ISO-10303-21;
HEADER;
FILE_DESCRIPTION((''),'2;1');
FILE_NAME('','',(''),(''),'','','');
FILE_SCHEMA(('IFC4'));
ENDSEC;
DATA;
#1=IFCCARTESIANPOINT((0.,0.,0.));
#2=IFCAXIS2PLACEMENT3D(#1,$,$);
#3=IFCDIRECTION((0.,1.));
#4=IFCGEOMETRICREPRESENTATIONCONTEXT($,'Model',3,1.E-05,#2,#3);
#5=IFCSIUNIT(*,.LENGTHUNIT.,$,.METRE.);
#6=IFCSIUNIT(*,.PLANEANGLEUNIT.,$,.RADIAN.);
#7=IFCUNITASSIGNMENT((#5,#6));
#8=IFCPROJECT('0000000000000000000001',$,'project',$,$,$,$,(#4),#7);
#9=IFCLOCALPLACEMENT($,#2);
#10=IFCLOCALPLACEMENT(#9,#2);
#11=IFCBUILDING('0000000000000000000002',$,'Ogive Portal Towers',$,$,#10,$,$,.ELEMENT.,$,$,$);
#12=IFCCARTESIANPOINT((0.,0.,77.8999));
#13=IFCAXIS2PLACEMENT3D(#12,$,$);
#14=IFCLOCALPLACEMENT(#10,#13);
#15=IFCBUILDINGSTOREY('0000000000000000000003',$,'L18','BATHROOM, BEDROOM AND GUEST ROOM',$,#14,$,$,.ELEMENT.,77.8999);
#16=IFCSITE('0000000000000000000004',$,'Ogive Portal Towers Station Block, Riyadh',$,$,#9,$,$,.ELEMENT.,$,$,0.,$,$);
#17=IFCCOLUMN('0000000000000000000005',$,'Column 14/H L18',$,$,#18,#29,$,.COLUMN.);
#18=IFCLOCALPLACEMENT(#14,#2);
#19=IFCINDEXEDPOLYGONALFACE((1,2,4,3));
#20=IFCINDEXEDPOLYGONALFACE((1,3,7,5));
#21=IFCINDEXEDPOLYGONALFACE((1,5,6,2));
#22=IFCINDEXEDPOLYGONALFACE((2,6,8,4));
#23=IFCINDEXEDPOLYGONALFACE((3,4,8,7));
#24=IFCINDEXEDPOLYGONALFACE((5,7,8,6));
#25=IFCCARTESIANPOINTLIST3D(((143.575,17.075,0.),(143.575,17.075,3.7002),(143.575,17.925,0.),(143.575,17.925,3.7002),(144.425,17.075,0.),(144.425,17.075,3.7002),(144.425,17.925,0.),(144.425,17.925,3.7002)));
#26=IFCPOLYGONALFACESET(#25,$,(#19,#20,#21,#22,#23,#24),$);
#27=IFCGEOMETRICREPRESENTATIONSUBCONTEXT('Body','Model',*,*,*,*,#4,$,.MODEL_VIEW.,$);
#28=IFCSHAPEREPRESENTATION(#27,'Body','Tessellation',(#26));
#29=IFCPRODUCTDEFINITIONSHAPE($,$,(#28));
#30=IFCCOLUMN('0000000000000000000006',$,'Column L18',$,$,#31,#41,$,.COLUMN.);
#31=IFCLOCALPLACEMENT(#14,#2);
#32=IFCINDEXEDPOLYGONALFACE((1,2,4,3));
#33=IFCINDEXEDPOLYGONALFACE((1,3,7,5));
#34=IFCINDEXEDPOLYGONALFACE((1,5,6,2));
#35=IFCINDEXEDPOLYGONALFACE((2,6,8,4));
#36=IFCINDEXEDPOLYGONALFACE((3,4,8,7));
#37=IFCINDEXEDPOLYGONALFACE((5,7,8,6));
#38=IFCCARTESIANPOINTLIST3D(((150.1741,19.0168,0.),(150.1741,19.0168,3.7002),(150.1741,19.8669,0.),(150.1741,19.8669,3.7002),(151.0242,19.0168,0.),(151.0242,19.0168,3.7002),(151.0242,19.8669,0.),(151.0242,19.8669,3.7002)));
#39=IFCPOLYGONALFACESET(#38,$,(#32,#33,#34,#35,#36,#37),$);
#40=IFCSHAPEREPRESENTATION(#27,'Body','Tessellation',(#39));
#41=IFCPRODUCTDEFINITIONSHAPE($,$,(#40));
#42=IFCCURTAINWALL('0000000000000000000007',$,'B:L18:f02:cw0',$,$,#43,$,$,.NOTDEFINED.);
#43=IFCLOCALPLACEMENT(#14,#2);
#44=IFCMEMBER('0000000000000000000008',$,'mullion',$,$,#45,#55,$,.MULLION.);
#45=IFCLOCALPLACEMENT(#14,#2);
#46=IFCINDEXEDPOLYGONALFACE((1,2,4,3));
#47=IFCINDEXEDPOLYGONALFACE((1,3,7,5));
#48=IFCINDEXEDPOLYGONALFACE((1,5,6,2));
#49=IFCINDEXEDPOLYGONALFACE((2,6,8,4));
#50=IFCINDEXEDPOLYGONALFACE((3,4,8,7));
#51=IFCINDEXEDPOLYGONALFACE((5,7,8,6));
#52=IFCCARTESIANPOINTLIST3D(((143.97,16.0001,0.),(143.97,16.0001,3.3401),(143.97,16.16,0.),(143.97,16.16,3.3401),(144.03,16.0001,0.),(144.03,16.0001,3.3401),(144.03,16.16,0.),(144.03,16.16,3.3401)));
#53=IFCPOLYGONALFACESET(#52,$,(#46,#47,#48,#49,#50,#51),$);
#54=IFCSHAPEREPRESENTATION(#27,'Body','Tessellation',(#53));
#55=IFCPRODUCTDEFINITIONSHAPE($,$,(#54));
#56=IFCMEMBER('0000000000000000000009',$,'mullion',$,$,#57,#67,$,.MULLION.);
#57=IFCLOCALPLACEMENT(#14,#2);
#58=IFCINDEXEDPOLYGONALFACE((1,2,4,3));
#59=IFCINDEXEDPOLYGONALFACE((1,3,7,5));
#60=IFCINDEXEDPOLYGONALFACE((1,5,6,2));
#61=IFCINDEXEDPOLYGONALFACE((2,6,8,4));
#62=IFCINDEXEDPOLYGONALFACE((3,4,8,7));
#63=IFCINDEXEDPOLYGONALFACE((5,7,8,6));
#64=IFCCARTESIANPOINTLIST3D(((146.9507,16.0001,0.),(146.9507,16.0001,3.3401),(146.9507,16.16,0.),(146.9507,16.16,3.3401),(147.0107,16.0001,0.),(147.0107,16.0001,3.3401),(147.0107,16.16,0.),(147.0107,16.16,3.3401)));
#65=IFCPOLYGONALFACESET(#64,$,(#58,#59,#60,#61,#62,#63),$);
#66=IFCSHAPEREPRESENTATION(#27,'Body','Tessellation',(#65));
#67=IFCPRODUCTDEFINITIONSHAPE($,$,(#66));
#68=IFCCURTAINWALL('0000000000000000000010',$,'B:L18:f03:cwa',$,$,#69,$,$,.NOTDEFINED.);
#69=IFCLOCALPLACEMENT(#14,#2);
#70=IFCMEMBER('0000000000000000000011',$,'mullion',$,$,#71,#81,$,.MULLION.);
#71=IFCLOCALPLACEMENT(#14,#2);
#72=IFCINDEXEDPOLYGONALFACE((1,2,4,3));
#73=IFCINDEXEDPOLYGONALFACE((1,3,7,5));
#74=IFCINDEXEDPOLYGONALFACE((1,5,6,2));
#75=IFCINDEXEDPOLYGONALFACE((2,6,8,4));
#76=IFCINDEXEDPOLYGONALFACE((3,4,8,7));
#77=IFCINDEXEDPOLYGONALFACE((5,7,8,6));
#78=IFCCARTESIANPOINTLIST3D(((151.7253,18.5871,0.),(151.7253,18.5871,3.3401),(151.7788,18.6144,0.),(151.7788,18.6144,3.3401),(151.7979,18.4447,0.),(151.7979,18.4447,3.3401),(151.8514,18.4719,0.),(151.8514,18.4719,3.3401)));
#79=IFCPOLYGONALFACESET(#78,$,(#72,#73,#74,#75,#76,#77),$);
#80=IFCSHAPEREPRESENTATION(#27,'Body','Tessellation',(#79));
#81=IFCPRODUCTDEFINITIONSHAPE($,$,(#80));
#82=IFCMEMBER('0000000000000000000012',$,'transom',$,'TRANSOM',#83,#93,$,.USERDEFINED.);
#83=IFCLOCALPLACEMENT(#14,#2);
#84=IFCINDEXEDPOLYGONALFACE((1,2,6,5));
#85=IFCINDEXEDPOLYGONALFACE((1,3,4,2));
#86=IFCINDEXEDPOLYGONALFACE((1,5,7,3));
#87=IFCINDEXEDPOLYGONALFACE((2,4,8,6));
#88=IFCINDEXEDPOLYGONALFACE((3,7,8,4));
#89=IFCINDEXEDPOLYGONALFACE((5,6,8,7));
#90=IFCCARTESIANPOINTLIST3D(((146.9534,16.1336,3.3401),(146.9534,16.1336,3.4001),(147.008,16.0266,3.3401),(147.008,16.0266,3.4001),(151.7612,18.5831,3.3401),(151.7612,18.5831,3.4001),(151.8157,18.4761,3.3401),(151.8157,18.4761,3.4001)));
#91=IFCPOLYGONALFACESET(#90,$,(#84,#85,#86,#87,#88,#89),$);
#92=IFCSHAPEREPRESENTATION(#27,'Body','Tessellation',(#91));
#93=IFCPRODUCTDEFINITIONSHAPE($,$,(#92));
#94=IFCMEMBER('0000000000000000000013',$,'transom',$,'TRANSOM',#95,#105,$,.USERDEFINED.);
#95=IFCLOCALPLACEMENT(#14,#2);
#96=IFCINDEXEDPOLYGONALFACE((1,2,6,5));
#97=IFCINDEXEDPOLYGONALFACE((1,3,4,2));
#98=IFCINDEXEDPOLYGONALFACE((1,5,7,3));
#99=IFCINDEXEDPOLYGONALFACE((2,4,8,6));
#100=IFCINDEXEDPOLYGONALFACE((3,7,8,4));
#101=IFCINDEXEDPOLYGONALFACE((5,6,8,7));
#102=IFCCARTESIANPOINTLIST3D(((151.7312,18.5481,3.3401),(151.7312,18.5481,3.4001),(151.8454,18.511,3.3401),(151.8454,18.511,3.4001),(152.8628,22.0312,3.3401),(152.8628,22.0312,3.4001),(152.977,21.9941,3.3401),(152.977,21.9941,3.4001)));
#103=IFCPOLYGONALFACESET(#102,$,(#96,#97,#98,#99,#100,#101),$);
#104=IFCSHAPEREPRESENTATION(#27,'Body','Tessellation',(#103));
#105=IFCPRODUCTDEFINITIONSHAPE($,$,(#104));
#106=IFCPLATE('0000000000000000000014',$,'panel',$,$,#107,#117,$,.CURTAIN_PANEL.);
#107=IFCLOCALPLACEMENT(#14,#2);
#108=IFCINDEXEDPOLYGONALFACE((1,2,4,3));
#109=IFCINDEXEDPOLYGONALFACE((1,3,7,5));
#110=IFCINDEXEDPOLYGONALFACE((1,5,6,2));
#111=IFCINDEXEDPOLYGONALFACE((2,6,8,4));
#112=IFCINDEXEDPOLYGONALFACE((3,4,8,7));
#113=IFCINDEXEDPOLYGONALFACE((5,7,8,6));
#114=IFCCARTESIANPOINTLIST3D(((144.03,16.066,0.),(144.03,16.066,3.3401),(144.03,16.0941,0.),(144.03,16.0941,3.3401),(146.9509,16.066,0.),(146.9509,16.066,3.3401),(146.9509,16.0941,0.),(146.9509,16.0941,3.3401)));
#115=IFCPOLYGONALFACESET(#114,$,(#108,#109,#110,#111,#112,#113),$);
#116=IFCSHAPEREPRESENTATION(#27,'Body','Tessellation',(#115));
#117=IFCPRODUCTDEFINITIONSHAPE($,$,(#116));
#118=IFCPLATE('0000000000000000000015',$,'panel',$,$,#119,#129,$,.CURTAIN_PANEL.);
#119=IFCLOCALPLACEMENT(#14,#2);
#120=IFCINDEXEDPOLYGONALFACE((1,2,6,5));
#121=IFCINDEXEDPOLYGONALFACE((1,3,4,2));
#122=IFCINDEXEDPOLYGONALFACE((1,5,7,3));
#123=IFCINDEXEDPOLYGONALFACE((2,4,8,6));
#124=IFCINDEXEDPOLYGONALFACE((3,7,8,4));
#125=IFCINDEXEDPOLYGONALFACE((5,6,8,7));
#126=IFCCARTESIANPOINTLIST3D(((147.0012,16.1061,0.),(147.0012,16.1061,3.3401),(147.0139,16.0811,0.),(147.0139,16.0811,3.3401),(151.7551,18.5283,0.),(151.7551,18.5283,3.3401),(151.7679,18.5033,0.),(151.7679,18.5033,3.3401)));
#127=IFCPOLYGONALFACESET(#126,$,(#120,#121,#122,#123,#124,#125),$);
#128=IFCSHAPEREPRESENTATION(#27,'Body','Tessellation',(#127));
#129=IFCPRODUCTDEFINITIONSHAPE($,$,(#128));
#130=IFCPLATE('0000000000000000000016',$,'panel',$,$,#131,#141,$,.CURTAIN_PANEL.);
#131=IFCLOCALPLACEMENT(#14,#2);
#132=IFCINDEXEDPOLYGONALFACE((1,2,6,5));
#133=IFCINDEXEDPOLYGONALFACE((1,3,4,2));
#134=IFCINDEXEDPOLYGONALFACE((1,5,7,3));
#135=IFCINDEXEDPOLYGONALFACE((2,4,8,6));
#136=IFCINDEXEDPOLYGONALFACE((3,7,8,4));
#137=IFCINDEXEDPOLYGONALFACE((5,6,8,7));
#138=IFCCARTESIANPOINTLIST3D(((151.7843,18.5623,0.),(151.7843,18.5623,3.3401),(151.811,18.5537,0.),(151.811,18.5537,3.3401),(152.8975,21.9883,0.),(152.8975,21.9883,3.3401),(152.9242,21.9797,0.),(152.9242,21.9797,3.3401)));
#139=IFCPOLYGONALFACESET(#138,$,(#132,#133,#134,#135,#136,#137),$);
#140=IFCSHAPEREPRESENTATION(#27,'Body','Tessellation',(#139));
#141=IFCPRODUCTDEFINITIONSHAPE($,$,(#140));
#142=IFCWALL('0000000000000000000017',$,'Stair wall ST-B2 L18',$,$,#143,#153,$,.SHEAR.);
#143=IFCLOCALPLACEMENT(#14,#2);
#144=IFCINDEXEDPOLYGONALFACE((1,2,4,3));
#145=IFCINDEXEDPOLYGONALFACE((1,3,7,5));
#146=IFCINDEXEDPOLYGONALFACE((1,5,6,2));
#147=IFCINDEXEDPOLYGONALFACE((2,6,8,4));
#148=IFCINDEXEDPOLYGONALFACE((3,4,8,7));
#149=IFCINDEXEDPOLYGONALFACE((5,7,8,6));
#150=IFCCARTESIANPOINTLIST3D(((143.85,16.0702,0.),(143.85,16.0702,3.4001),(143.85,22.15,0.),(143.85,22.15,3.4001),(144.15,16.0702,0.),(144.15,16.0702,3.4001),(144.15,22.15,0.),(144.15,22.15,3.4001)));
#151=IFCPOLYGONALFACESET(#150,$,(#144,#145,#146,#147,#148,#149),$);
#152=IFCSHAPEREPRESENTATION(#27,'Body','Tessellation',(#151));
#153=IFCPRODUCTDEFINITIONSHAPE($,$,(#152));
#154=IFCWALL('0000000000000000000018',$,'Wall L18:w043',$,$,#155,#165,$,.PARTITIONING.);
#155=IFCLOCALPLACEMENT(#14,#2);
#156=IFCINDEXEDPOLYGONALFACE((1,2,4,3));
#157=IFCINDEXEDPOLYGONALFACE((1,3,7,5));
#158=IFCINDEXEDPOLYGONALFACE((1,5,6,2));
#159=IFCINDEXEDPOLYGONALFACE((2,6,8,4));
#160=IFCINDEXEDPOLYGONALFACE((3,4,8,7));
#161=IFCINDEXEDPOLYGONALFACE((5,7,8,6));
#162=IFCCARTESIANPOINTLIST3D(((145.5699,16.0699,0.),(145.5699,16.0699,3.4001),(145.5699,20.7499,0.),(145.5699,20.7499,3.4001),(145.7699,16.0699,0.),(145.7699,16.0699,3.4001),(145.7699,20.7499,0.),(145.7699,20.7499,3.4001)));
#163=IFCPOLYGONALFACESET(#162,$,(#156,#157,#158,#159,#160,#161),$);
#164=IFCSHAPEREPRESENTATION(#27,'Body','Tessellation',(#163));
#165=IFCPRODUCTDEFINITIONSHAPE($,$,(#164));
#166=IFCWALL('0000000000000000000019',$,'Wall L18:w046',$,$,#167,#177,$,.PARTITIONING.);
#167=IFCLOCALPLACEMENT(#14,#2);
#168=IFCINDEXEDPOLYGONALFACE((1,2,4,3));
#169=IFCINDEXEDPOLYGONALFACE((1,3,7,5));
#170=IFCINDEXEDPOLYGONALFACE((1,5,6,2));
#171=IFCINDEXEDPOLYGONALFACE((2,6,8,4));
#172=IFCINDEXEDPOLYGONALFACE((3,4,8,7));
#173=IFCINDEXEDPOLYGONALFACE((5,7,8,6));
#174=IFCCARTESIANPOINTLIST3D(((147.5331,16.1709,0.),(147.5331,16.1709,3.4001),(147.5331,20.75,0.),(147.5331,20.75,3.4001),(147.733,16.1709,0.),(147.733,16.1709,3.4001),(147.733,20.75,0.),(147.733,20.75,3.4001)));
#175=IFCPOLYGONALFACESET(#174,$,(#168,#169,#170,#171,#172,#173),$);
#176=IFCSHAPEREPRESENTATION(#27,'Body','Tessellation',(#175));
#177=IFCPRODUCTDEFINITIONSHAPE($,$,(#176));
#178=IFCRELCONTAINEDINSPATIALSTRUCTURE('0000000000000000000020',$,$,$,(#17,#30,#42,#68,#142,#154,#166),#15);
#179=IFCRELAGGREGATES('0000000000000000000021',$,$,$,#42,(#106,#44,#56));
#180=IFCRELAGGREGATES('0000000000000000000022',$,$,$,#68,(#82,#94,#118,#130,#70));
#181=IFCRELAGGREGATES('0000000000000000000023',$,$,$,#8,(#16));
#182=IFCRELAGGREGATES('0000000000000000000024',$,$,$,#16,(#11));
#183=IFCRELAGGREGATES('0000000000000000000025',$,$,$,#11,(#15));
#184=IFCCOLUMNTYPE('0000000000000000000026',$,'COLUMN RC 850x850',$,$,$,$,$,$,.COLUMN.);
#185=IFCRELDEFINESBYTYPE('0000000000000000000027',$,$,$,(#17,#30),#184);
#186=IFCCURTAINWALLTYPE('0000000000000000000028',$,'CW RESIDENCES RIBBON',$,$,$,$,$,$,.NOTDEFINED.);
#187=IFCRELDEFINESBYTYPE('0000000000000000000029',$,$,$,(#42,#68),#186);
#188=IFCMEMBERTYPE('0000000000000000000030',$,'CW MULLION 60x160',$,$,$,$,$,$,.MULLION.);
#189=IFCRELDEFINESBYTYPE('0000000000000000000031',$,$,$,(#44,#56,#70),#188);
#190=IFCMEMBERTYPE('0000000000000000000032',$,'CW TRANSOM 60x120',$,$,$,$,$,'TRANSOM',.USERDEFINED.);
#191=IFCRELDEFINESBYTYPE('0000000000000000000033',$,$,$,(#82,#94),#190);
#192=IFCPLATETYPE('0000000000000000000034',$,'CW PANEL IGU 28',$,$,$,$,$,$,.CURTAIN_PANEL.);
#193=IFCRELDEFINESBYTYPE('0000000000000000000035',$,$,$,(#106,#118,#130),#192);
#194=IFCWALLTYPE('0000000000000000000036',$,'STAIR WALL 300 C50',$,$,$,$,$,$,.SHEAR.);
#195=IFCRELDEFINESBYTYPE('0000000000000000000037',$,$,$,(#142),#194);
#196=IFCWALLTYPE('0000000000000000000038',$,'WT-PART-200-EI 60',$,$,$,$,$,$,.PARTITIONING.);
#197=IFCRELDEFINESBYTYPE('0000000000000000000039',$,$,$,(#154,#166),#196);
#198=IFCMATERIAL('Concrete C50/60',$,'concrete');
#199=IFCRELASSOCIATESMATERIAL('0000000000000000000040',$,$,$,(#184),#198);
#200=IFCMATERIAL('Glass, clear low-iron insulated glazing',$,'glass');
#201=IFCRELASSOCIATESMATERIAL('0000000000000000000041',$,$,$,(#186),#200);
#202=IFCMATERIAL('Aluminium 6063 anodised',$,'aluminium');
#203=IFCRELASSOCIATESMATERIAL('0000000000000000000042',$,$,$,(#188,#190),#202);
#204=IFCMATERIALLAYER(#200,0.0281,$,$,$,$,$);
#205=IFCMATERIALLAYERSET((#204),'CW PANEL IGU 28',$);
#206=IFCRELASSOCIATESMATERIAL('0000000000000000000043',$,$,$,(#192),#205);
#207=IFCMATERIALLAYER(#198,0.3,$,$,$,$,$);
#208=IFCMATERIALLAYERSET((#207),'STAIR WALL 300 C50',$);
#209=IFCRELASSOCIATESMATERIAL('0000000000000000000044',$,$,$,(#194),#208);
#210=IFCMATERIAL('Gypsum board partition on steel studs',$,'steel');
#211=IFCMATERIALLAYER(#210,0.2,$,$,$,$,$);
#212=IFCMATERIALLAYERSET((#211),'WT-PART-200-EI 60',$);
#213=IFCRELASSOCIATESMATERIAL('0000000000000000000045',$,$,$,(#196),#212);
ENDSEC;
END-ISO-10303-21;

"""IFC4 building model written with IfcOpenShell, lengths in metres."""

from ifc_helpers import new_model, si_unit, direction, frame, frame_2d, origin, origin_2d, place, context, subcontext, project, spatial, rectangle, extrude, material, layer, layer_set, material_profile, profile_set, type_object, element, aggregate, save


model = new_model("IFC4")

# Units and contexts
model_context = context("Model", 3, precision=1e-05, world=origin(), true_north=direction((0.0, 1.0)))
body_context = subcontext(model_context, "Body", "Model", "MODEL_VIEW")
ifc_project = project(units=[si_unit("LENGTHUNIT", "METRE"), si_unit("PLANEANGLEUNIT", "RADIAN")], contexts=[model_context])

# Site, building, storey
site_placement = place(None, origin())
site = spatial("IfcSite", under=ifc_project, at=site_placement, Name="Ogive Portal Towers Station Block, Riyadh", CompositionType="ELEMENT", RefElevation=0.0)
building_placement = place(site_placement, origin())
building = spatial("IfcBuilding", under=site, at=building_placement, Name="Ogive Portal Towers", CompositionType="ELEMENT")
storey_placement = place(building_placement, frame((0.0, 0.0, 77.8999)))
storey = spatial("IfcBuildingStorey", under=building, at=storey_placement, Name="L18", Description="BATHROOM, BEDROOM AND GUEST ROOM", CompositionType="ELEMENT", Elevation=77.8999)

# Columns
ifc_material_1 = material(Name="Concrete C50/60", Category="concrete")
ifc_material_profile_1 = material_profile(ifc_material_1, rectangle(XDim=0.8501, YDim=0.8501, at=origin_2d()), Name="RC 850x850")
ifc_profile_set_1 = profile_set([ifc_material_profile_1], Name="Concrete C50/60")
column_type = type_object("IfcColumnType", Name="COLUMN RC 850x850", PredefinedType="COLUMN", material=ifc_profile_set_1)
for number, where, z_axis, x_axis, name in (
    (1, (144.0, 17.5, 0.0), (0.0, 0.0, 1.0), (1.0, 0.0, 0.0), "Column 14/H L18"),
    (2, (150.5991, 19.4419, 0.0), (0.0, 0.0, 1.0), (1.0, 0.0, 0.0), "Column L18"),
):
    element("IfcColumn", number, at=place(storey_placement, frame(where, z_axis=z_axis, x_axis=x_axis)), inside=storey, type_object=column_type, Name=name, PredefinedType="COLUMN", context=body_context, shape_type="SweptSolid", body=[
        extrude(rectangle(XDim=0.8501, YDim=0.8501, at=origin_2d()), origin(), (0.0, 0.0, 1.0), 3.7002),
    ])

# Curtain walls, members
ifc_material_2 = material(Name="Glass, clear low-iron insulated glazing", Category="glass")
curtain_wall_type = type_object("IfcCurtainWallType", Name="CW RESIDENCES RIBBON", PredefinedType="NOTDEFINED", material=ifc_material_2)
curtain_wall_1_placement = place(storey_placement, origin())
curtain_wall_1 = element("IfcCurtainWall", 3, at=curtain_wall_1_placement, inside=storey, type_object=curtain_wall_type, Name="B:L18:f02:cw0", PredefinedType="NOTDEFINED")
ifc_material_3 = material(Name="Aluminium 6063 anodised", Category="aluminium")
ifc_material_profile_2 = material_profile(ifc_material_3, rectangle(XDim=0.1599, YDim=0.0601, at=origin_2d()), Name="AL 60x160")
ifc_profile_set_2 = profile_set([ifc_material_profile_2], Name="Aluminium 6063 anodised")
member_type_1 = type_object("IfcMemberType", Name="CW MULLION 60x160", PredefinedType="MULLION", material=ifc_profile_set_2)
member_1_placement = place(storey_placement, frame((144.0, 16.0801, 0.0), z_axis=(0.0, 0.0, 1.0), x_axis=(0.0, 1.0, 0.0)))
member_1 = element("IfcMember", 4, at=member_1_placement, type_object=member_type_1, Name="mullion", PredefinedType="MULLION", context=body_context, shape_type="SweptSolid", body=[
    extrude(rectangle(XDim=0.1599, YDim=0.0601, at=origin_2d()), origin(), (0.0, 0.0, 1.0), 3.3401),
])
member_2_placement = place(storey_placement, frame((146.9807, 16.0801, 0.0), z_axis=(0.0, 0.0, 1.0), x_axis=(0.0, 1.0, 0.0)))
member_2 = element("IfcMember", 5, at=member_2_placement, type_object=member_type_1, Name="mullion", PredefinedType="MULLION", context=body_context, shape_type="SweptSolid", body=[
    extrude(rectangle(XDim=0.1599, YDim=0.0601, at=origin_2d()), origin(), (0.0, 0.0, 1.0), 3.3401),
])
curtain_wall_2_placement = place(storey_placement, origin())
curtain_wall_2 = element("IfcCurtainWall", 6, at=curtain_wall_2_placement, inside=storey, type_object=curtain_wall_type, Name="B:L18:f03:cwa", PredefinedType="NOTDEFINED")
member_3_placement = place(storey_placement, frame((151.7883, 18.5295, 0.0), z_axis=(0.0, 0.0, 1.0), x_axis=(-0.45399, 0.891007, 0.0)))
member_3 = element("IfcMember", 7, at=member_3_placement, type_object=member_type_1, Name="mullion", PredefinedType="MULLION", context=body_context, shape_type="SweptSolid", body=[
    extrude(rectangle(XDim=0.1599, YDim=0.0601, at=origin_2d()), origin(), (0.0, 0.0, 1.0), 3.3401),
])
ifc_material_profile_3 = material_profile(ifc_material_3, rectangle(XDim=0.1201, YDim=0.0601, at=origin_2d()), Name="AL 120x60")
ifc_profile_set_3 = profile_set([ifc_material_profile_3], Name="Aluminium 6063 anodised")
member_type_2 = type_object("IfcMemberType", Name="CW TRANSOM 60x120", ElementType="TRANSOM", PredefinedType="USERDEFINED", material=ifc_profile_set_3)
member_4_placement = place(storey_placement, frame((146.9807, 16.0801, 3.3701), z_axis=(0.891017, 0.45397, 0.0), x_axis=(-0.45397, 0.891017, 0.0)))
member_4 = element("IfcMember", 8, at=member_4_placement, type_object=member_type_2, Name="transom", ObjectType="TRANSOM", PredefinedType="USERDEFINED", context=body_context, shape_type="SweptSolid", body=[
    extrude(rectangle(XDim=0.1201, YDim=0.0601, at=origin_2d()), origin(), (0.0, 0.0, 1.0), 5.3958),
])
member_5_placement = place(storey_placement, frame((151.7883, 18.5295, 3.3701), z_axis=(0.308979, 0.951069, 0.0), x_axis=(-0.951069, 0.308979, 0.0)))
member_5 = element("IfcMember", 9, at=member_5_placement, type_object=member_type_2, Name="transom", ObjectType="TRANSOM", PredefinedType="USERDEFINED", context=body_context, shape_type="SweptSolid", body=[
    extrude(rectangle(XDim=0.1201, YDim=0.0601, at=origin_2d()), origin(), (0.0, 0.0, 1.0), 3.6624),
])

# Plates
ifc_layer_1 = layer(ifc_material_2, 0.0281)
ifc_layer_set_1 = layer_set([ifc_layer_1], Name="CW PANEL IGU 28")
plate_type = type_object("IfcPlateType", Name="CW PANEL IGU 28", PredefinedType="CURTAIN_PANEL", material=ifc_layer_set_1)
plate_1_placement = place(storey_placement, frame((145.4905, 16.0801, 0.0), z_axis=(0.0, 0.0, 1.0), x_axis=(1.0, 0.0, 0.0)))
plate_1 = element("IfcPlate", 10, at=plate_1_placement, type_object=plate_type, Name="panel", PredefinedType="CURTAIN_PANEL", context=body_context, shape_type="SweptSolid", body=[
    extrude(rectangle(XDim=2.9209, YDim=0.0281, at=origin_2d()), origin(), (0.0, 0.0, 1.0), 3.3401),
])
aggregate(curtain_wall_1, [plate_1, member_1, member_2])
plate_2_placement = place(storey_placement, frame((149.3845, 17.3047, 0.0), z_axis=(0.0, 0.0, 1.0), x_axis=(0.891007, 0.45399, 0.0)))
plate_2 = element("IfcPlate", 11, at=plate_2_placement, type_object=plate_type, Name="panel", PredefinedType="CURTAIN_PANEL", context=body_context, shape_type="SweptSolid", body=[
    extrude(rectangle(XDim=5.3354, YDim=0.0281, at=origin_2d()), origin(), (0.0, 0.0, 1.0), 3.3401),
])
plate_3_placement = place(storey_placement, frame((152.3542, 20.271, 0.0), z_axis=(0.0, 0.0, 1.0), x_axis=(0.309017, 0.951057, 0.0)))
plate_3 = element("IfcPlate", 12, at=plate_3_placement, type_object=plate_type, Name="panel", PredefinedType="CURTAIN_PANEL", context=body_context, shape_type="SweptSolid", body=[
    extrude(rectangle(XDim=3.6023, YDim=0.0281, at=origin_2d()), origin(), (0.0, 0.0, 1.0), 3.3401),
])
aggregate(curtain_wall_2, [member_4, member_5, plate_2, plate_3, member_3])

# Walls
ifc_layer_2 = layer(ifc_material_1, 0.3)
ifc_layer_set_2 = layer_set([ifc_layer_2], Name="STAIR WALL 300 C50")
wall_type_1 = type_object("IfcWallType", Name="STAIR WALL 300 C50", PredefinedType="SHEAR", material=ifc_layer_set_2)
wall_1_placement = place(storey_placement, frame((144.0, 16.0701, 0.0), z_axis=(0.0, 0.0, 1.0), x_axis=(0.0, 1.0, 0.0)))
element("IfcWall", 13, at=wall_1_placement, inside=storey, type_object=wall_type_1, Name="Stair wall ST-B2 L18", PredefinedType="SHEAR", context=body_context, shape_type="SweptSolid", body=[
    extrude(rectangle(XDim=6.0798, YDim=0.3, at=frame_2d((3.04, 0.0))), origin(), (0.0, 0.0, 1.0), 3.4001),
])
ifc_material_4 = material(Name="Gypsum board partition on steel studs", Category="steel")
ifc_layer_3 = layer(ifc_material_4, 0.2)
ifc_layer_set_3 = layer_set([ifc_layer_3], Name="WT-PART-200-EI 60")
wall_type_2 = type_object("IfcWallType", Name="WT-PART-200-EI 60", PredefinedType="PARTITIONING", material=ifc_layer_set_3)
wall_2_placement = place(storey_placement, frame((145.6699, 16.0701, 0.0), z_axis=(0.0, 0.0, 1.0), x_axis=(0.0, 1.0, 0.0)))
element("IfcWall", 14, at=wall_2_placement, inside=storey, type_object=wall_type_2, Name="Wall L18:w043", PredefinedType="PARTITIONING", context=body_context, shape_type="SweptSolid", body=[
    extrude(rectangle(XDim=4.6799, YDim=0.2, at=frame_2d((2.3398, 0.0))), origin(), (0.0, 0.0, 1.0), 3.4001),
])
wall_3_placement = place(storey_placement, frame((147.6331, 16.1709, 0.0), z_axis=(0.0, 0.0, 1.0), x_axis=(0.0, 1.0, 0.0)))
element("IfcWall", 15, at=wall_3_placement, inside=storey, type_object=wall_type_2, Name="Wall L18:w046", PredefinedType="PARTITIONING", context=body_context, shape_type="SweptSolid", body=[
    extrude(rectangle(XDim=4.5791, YDim=0.2, at=frame_2d((2.2896, 0.0))), origin(), (0.0, 0.0, 1.0), 3.4001),
])

save(model, "model.ifc")
